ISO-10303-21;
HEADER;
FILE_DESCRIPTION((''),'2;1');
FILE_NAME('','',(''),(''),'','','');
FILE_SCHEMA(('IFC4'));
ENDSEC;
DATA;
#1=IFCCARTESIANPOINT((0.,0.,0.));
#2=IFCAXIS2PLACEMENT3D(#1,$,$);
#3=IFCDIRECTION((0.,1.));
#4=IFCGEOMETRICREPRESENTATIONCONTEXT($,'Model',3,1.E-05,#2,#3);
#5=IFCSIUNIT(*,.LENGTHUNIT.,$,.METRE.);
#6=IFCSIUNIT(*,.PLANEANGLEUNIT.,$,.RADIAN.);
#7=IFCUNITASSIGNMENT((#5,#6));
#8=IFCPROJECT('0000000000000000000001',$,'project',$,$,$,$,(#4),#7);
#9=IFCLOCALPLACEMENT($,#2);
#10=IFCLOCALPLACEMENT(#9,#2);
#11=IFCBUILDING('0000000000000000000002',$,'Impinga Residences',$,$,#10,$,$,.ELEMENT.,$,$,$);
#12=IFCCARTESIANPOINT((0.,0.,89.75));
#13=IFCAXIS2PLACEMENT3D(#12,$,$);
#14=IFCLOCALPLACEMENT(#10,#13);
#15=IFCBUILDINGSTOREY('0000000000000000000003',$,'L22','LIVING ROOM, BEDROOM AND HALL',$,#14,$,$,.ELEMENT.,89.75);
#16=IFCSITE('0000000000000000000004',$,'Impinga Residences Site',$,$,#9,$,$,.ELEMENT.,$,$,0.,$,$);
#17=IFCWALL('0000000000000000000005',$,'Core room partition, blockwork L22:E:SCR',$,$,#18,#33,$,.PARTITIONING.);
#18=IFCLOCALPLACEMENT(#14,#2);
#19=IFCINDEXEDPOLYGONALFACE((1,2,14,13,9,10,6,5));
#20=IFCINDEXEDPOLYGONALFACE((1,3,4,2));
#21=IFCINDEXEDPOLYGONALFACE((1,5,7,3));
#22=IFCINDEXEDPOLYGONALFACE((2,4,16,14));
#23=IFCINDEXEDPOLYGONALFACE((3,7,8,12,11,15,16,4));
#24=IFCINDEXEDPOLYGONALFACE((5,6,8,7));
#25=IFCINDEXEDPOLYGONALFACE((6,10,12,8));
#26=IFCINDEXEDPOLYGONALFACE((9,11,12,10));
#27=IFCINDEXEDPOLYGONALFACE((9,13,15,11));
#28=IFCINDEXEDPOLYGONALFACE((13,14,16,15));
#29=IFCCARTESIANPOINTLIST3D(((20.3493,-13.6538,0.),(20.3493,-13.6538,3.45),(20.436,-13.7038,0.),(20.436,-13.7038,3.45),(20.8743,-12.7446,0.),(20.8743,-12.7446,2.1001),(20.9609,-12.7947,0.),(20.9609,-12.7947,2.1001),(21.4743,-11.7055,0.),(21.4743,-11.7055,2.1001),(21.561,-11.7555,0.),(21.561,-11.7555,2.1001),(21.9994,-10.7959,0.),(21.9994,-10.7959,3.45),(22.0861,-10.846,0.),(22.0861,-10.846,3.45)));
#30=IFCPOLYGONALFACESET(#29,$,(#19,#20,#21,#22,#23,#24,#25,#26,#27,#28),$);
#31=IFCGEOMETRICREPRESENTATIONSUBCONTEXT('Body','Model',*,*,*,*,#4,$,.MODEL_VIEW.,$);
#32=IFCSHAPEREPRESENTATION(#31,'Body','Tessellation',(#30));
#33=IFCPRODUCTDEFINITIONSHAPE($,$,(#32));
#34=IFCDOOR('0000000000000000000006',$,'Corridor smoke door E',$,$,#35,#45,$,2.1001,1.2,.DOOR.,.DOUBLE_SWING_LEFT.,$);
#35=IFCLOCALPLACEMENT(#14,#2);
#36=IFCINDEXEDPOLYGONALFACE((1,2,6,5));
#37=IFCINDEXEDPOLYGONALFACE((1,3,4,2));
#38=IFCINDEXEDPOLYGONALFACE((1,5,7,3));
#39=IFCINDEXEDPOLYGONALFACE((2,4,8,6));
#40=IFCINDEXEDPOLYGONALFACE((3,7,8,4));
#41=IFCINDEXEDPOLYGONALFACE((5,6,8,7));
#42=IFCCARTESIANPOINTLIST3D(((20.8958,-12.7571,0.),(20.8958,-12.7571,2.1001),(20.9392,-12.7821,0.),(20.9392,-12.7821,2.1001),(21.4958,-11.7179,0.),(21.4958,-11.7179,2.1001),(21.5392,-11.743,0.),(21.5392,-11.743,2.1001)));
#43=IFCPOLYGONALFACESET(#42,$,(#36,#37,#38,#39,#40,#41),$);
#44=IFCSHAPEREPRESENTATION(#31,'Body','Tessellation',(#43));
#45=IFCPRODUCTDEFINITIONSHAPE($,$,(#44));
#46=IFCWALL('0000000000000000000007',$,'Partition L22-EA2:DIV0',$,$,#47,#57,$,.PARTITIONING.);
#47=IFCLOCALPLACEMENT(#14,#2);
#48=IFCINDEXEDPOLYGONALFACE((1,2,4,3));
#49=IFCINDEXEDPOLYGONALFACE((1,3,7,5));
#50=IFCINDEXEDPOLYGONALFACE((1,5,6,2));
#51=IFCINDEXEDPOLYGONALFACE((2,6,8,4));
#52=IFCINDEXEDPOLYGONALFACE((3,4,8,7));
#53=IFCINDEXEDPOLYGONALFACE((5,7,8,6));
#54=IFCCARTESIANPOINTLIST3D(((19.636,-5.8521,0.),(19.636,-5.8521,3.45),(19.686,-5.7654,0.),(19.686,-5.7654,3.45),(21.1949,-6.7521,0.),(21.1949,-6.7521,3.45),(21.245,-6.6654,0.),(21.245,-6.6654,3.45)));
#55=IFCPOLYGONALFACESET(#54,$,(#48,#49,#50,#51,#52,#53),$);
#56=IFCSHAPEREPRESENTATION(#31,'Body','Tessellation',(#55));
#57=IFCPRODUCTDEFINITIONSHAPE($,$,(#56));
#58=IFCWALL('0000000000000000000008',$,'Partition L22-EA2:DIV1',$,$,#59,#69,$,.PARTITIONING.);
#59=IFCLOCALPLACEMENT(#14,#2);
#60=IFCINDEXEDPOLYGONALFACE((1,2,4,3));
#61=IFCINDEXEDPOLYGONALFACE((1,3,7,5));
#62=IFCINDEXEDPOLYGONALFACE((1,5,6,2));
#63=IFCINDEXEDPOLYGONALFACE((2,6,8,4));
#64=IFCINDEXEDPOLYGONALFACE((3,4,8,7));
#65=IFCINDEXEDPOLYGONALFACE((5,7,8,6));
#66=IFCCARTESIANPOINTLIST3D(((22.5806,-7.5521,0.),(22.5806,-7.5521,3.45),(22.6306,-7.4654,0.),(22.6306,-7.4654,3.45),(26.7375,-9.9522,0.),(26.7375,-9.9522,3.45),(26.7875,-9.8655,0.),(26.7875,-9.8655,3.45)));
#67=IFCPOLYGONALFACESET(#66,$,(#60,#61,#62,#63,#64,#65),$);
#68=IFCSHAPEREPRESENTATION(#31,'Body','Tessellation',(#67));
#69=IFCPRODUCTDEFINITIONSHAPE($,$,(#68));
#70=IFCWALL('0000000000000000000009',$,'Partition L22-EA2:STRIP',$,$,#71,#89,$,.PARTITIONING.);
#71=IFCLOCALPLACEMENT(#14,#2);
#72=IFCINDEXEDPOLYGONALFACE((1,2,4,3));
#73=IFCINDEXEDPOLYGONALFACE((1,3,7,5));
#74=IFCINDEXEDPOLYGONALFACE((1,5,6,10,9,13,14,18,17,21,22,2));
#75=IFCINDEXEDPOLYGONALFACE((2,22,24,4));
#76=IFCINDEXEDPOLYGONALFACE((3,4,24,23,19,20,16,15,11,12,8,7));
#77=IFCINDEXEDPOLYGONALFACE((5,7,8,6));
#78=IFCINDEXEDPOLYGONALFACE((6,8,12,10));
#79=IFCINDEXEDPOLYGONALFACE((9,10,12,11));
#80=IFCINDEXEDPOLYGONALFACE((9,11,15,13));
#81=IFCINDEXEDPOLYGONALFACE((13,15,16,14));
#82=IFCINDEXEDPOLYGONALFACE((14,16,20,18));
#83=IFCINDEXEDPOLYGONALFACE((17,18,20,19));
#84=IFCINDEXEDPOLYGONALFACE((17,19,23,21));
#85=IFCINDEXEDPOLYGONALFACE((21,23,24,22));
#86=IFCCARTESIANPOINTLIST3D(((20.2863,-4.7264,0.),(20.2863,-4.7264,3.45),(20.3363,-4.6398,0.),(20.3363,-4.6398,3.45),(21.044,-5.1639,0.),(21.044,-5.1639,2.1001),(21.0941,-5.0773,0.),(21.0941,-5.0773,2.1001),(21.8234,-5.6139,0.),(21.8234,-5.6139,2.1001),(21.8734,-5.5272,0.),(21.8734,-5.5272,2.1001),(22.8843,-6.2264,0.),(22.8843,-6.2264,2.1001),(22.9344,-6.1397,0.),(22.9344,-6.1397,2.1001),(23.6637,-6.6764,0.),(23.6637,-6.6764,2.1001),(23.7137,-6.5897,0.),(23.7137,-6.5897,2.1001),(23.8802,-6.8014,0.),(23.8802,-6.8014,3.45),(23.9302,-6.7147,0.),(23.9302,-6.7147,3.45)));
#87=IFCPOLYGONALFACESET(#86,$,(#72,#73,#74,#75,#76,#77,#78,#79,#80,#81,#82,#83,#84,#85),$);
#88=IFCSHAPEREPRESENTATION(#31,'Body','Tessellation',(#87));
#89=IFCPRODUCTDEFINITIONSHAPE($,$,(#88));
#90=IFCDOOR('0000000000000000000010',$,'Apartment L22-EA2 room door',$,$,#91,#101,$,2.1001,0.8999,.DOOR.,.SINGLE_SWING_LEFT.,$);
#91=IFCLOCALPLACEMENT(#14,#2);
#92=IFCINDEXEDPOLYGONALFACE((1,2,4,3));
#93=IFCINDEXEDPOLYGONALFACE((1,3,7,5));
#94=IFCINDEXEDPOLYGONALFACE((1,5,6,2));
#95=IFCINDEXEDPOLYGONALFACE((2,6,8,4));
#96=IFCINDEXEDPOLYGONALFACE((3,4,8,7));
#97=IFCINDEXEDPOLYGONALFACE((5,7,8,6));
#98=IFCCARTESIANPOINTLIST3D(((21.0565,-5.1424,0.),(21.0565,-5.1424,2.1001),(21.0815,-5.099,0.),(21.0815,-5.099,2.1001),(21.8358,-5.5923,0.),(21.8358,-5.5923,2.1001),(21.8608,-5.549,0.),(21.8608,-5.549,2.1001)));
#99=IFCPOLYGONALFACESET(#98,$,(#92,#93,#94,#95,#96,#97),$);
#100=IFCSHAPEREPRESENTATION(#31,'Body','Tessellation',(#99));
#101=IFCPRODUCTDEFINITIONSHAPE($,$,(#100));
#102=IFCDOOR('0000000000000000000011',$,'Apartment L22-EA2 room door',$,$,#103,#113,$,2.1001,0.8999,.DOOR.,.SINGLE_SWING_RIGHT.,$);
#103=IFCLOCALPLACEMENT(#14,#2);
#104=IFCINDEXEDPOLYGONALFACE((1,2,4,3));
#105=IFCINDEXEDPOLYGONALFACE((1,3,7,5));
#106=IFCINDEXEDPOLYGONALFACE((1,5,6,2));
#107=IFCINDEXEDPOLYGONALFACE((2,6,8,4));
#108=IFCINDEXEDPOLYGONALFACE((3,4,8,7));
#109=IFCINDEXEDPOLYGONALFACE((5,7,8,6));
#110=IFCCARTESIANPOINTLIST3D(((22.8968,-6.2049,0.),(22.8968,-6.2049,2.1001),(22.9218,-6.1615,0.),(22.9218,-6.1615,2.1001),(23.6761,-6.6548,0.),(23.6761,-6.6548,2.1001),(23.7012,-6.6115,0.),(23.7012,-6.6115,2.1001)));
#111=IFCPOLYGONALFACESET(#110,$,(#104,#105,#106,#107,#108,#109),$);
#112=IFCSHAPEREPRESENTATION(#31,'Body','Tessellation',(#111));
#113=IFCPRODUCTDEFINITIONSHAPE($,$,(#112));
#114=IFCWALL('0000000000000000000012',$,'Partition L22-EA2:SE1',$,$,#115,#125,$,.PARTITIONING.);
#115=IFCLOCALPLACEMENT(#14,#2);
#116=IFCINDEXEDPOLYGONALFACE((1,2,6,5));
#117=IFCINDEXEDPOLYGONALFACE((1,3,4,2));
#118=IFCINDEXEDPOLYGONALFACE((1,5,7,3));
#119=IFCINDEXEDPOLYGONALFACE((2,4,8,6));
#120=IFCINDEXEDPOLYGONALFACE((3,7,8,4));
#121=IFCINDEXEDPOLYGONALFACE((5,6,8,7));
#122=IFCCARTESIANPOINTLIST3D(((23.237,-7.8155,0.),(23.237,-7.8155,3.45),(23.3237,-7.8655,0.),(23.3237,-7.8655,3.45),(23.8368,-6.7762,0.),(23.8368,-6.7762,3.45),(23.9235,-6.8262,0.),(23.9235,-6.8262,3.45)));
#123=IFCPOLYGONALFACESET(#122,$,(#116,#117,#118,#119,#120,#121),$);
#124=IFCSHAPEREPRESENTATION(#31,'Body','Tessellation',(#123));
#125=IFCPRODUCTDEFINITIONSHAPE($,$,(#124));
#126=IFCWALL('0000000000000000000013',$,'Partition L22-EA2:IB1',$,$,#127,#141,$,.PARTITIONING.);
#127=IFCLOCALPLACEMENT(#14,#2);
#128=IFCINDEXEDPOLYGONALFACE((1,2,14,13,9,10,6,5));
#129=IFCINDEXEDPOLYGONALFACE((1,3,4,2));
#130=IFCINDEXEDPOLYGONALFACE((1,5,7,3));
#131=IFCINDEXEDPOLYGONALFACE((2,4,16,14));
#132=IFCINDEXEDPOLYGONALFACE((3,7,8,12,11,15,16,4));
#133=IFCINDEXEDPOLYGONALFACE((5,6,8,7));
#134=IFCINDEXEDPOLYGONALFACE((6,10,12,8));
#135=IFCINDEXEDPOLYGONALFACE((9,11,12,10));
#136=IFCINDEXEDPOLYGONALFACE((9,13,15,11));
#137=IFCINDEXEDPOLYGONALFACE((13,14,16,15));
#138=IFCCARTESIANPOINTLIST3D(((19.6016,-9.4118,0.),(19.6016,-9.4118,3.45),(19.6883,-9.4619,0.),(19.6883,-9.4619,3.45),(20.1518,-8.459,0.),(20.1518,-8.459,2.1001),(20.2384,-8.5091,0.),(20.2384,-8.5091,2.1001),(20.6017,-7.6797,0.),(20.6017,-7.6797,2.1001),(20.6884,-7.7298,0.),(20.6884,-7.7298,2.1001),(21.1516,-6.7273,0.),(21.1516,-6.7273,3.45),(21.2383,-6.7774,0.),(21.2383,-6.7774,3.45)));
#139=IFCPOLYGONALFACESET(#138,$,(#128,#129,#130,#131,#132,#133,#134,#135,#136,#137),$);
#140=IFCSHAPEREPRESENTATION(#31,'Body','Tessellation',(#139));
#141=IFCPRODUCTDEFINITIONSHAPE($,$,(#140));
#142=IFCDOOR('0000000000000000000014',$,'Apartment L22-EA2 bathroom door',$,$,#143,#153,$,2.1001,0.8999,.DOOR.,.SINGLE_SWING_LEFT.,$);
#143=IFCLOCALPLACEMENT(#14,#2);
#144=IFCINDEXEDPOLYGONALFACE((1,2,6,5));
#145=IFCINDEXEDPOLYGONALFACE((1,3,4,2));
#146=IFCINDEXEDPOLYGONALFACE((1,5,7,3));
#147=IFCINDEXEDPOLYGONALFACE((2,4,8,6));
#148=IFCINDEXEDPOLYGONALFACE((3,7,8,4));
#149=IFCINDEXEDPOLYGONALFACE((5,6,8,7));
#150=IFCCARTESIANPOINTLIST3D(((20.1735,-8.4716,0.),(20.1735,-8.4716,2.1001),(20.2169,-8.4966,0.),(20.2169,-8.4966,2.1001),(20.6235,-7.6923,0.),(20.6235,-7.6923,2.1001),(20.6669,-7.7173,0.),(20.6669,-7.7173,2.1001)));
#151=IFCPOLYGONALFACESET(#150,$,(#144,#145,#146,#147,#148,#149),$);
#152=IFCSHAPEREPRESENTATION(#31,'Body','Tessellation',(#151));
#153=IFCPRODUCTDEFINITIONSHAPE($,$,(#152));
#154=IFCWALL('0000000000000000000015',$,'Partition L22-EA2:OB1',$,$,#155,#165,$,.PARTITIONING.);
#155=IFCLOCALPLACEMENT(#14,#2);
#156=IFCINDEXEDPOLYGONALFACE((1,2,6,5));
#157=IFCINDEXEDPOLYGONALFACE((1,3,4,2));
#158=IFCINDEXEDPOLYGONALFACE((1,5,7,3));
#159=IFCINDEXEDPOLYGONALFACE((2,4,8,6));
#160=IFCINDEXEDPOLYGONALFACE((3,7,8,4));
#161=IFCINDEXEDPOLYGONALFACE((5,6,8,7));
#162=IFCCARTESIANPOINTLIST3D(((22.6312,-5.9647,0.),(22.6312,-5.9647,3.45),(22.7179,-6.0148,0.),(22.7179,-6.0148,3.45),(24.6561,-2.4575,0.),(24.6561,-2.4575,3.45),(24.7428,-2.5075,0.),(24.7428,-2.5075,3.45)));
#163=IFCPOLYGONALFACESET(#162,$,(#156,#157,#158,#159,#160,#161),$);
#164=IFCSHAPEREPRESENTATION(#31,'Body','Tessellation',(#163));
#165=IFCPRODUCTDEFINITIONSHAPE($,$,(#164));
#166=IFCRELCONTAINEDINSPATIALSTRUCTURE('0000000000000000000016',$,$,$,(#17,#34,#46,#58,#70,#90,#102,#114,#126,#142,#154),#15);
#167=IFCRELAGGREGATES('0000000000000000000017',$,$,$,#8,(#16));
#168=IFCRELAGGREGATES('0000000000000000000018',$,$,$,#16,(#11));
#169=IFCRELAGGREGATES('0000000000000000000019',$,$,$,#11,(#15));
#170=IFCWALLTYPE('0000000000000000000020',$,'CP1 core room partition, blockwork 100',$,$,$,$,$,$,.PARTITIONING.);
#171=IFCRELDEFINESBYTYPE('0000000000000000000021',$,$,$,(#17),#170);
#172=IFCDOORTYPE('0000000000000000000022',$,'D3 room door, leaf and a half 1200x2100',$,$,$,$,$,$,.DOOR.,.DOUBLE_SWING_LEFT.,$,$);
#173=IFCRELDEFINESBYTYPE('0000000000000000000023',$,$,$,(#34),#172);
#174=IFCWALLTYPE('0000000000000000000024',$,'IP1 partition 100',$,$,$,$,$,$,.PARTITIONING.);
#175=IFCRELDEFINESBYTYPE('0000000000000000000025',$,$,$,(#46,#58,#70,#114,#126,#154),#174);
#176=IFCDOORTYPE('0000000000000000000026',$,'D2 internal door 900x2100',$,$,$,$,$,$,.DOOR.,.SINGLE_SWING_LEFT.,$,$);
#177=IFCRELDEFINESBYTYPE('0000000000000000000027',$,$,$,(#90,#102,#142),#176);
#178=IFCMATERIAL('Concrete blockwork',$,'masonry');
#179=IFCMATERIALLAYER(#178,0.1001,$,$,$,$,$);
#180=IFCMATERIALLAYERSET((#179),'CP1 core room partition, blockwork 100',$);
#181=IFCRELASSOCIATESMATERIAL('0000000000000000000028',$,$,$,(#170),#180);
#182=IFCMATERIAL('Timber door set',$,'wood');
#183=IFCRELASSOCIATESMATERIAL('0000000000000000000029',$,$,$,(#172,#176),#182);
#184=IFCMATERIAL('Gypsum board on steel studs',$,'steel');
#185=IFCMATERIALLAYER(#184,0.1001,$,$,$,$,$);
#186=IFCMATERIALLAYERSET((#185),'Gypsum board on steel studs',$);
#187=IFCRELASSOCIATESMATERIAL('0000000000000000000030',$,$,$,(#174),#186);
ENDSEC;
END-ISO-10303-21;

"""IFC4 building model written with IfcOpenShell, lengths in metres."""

from ifc_helpers import new_model, si_unit, direction, frame, frame_2d, origin, place, context, subcontext, project, spatial, rectangle, extrude, material, layer, layer_set, type_object, element, fill, save


model = new_model("IFC4")

# Units and contexts
model_context = context("Model", 3, precision=1e-05, world=origin(), true_north=direction((0.0, 1.0)))
body_context = subcontext(model_context, "Body", "Model", "MODEL_VIEW")
ifc_project = project(units=[si_unit("LENGTHUNIT", "METRE"), si_unit("PLANEANGLEUNIT", "RADIAN")], contexts=[model_context])

# Site, building, storey
site_placement = place(None, origin())
site = spatial("IfcSite", under=ifc_project, at=site_placement, Name="Impinga Residences Site", CompositionType="ELEMENT", RefElevation=0.0)
building_placement = place(site_placement, origin())
building = spatial("IfcBuilding", under=site, at=building_placement, Name="Impinga Residences", CompositionType="ELEMENT")
storey_placement = place(building_placement, frame((0.0, 0.0, 89.75)))
storey = spatial("IfcBuildingStorey", under=building, at=storey_placement, Name="L22", Description="LIVING ROOM, BEDROOM AND HALL", CompositionType="ELEMENT", Elevation=89.75)

# Wall, opening, door
ifc_material_1 = material(Name="Concrete blockwork", Category="masonry")
ifc_layer_1 = layer(ifc_material_1, 0.1001)
ifc_layer_set_1 = layer_set([ifc_layer_1], Name="CP1 core room partition, blockwork 100")
wall_type_1 = type_object("IfcWallType", Name="CP1 core room partition, blockwork 100", PredefinedType="PARTITIONING", material=ifc_layer_set_1)
wall_1_placement = place(storey_placement, frame((22.0427, -10.821, 0.0), z_axis=(0.0, 0.0, 1.0), x_axis=(-0.50003, -0.866008, 0.0)))
wall_1 = element("IfcWall", 1, at=wall_1_placement, inside=storey, type_object=wall_type_1, Name="Core room partition, blockwork L22:E:SCR", PredefinedType="PARTITIONING", context=body_context, shape_type="SweptSolid", body=[
    extrude(rectangle(XDim=3.3, YDim=0.1001, at=frame_2d((1.6499, 0.0))), origin(), (0.0, 0.0, 1.0), 3.45),
])
opening_1_placement = place(wall_1_placement, frame((1.05, 0.0, 0.0)))
opening_1 = element("IfcOpeningElement", 2, at=opening_1_placement, cuts=wall_1, PredefinedType="OPENING", context=body_context, shape_type="SweptSolid", body=[
    extrude(rectangle(XDim=1.2, YDim=2.1001, at=frame_2d((0.6001, 1.05))), frame((0.0, 0.0601, 0.0), z_axis=(0.0, -1.0, 0.0), x_axis=(1.0, 0.0, 0.0)), (0.0, 0.0, 1.0), 0.1201),
])
ifc_material_2 = material(Name="Timber door set", Category="wood")
door_type_1 = type_object("IfcDoorType", Name="D3 room door, leaf and a half 1200x2100", OperationType="DOUBLE_SWING_LEFT", PredefinedType="DOOR", material=ifc_material_2)
door_1_placement = place(opening_1_placement, origin())
door_1 = element("IfcDoor", 3, at=door_1_placement, inside=storey, type_object=door_type_1, Name="Corridor smoke door E", OperationType="DOUBLE_SWING_LEFT", OverallHeight=2.1001, OverallWidth=1.2, PredefinedType="DOOR", context=body_context, shape_type="SweptSolid", body=[
    extrude(rectangle(XDim=1.2, YDim=2.1001, at=frame_2d((0.6001, 1.05))), frame((0.0, 0.0249, 0.0), z_axis=(0.0, -1.0, 0.0), x_axis=(1.0, 0.0, 0.0)), (0.0, 0.0, 1.0), 0.05),
])
fill(opening_1, door_1)

# Walls
ifc_material_3 = material(Name="Gypsum board on steel studs", Category="steel")
ifc_layer_2 = layer(ifc_material_3, 0.1001)
ifc_layer_set_2 = layer_set([ifc_layer_2], Name="Gypsum board on steel studs")
wall_type_2 = type_object("IfcWallType", Name="IP1 partition 100", PredefinedType="PARTITIONING", material=ifc_layer_set_2)
wall_2_placement = place(storey_placement, frame((19.6611, -5.8088, 0.0), z_axis=(0.0, 0.0, 1.0), x_axis=(0.866048, -0.499961, 0.0)))
element("IfcWall", 4, at=wall_2_placement, inside=storey, type_object=wall_type_2, Name="Partition L22-EA2:DIV0", PredefinedType="PARTITIONING", context=body_context, shape_type="SweptSolid", body=[
    extrude(rectangle(XDim=1.8, YDim=0.1001, at=frame_2d((0.8999, 0.0))), origin(), (0.0, 0.0, 1.0), 3.45),
])
wall_3_placement = place(storey_placement, frame((22.6057, -7.5088, 0.0), z_axis=(0.0, 0.0, 1.0), x_axis=(0.866015, -0.500017, 0.0)))
element("IfcWall", 5, at=wall_3_placement, inside=storey, type_object=wall_type_2, Name="Partition L22-EA2:DIV1", PredefinedType="PARTITIONING", context=body_context, shape_type="SweptSolid", body=[
    extrude(rectangle(XDim=4.8, YDim=0.1001, at=frame_2d((2.3999, 0.0))), origin(), (0.0, 0.0, 1.0), 3.45),
])

# Wall, openings, doors
wall_4_placement = place(storey_placement, frame((20.3113, -4.6831, 0.0), z_axis=(0.0, 0.0, 1.0), x_axis=(0.86603, -0.499992, 0.0)))
wall_4 = element("IfcWall", 6, at=wall_4_placement, inside=storey, type_object=wall_type_2, Name="Partition L22-EA2:STRIP", PredefinedType="PARTITIONING", context=body_context, shape_type="SweptSolid", body=[
    extrude(rectangle(XDim=4.1499, YDim=0.1001, at=frame_2d((2.075, 0.0))), origin(), (0.0, 0.0, 1.0), 3.45),
])
opening_2_placement = place(wall_4_placement, frame((0.875, 0.0, 0.0)))
opening_2 = element("IfcOpeningElement", 7, at=opening_2_placement, cuts=wall_4, PredefinedType="OPENING", context=body_context, shape_type="SweptSolid", body=[
    extrude(rectangle(XDim=0.8999, YDim=2.1001, at=frame_2d((0.45, 1.05))), frame((0.0, 0.0601, 0.0), z_axis=(0.0, -1.0, 0.0), x_axis=(1.0, 0.0, 0.0)), (0.0, 0.0, 1.0), 0.1201),
])
opening_3_placement = place(wall_4_placement, frame((3.0, 0.0, 0.0)))
opening_3 = element("IfcOpeningElement", 8, at=opening_3_placement, cuts=wall_4, PredefinedType="OPENING", context=body_context, shape_type="SweptSolid", body=[
    extrude(rectangle(XDim=0.8999, YDim=2.1001, at=frame_2d((0.45, 1.05))), frame((0.0, 0.0601, 0.0), z_axis=(0.0, -1.0, 0.0), x_axis=(1.0, 0.0, 0.0)), (0.0, 0.0, 1.0), 0.1201),
])
door_type_2 = type_object("IfcDoorType", Name="D2 internal door 900x2100", OperationType="SINGLE_SWING_LEFT", PredefinedType="DOOR", material=ifc_material_2)
door_2_placement = place(opening_2_placement, origin())
door_2 = element("IfcDoor", 9, at=door_2_placement, inside=storey, type_object=door_type_2, Name="Apartment L22-EA2 room door", OperationType="SINGLE_SWING_LEFT", OverallHeight=2.1001, OverallWidth=0.8999, PredefinedType="DOOR", context=body_context, shape_type="SweptSolid", body=[
    extrude(rectangle(XDim=0.8999, YDim=2.1001, at=frame_2d((0.45, 1.05))), frame((0.0, 0.0249, 0.0), z_axis=(0.0, -1.0, 0.0), x_axis=(1.0, 0.0, 0.0)), (0.0, 0.0, 1.0), 0.05),
])
fill(opening_2, door_2)
door_3_placement = place(opening_3_placement, origin())
door_3 = element("IfcDoor", 10, at=door_3_placement, inside=storey, type_object=door_type_2, Name="Apartment L22-EA2 room door", OperationType="SINGLE_SWING_RIGHT", OverallHeight=2.1001, OverallWidth=0.8999, PredefinedType="DOOR", context=body_context, shape_type="SweptSolid", body=[
    extrude(rectangle(XDim=0.8999, YDim=2.1001, at=frame_2d((0.45, 1.05))), frame((0.0, 0.0249, 0.0), z_axis=(0.0, -1.0, 0.0), x_axis=(1.0, 0.0, 0.0)), (0.0, 0.0, 1.0), 0.05),
])
fill(opening_3, door_3)

# Wall
wall_5_placement = place(storey_placement, frame((23.2803, -7.8406, 0.0), z_axis=(0.0, 0.0, 1.0), x_axis=(0.499881, 0.866094, 0.0)))
element("IfcWall", 11, at=wall_5_placement, inside=storey, type_object=wall_type_2, Name="Partition L22-EA2:SE1", PredefinedType="PARTITIONING", context=body_context, shape_type="SweptSolid", body=[
    extrude(rectangle(XDim=1.2, YDim=0.1001, at=frame_2d((0.6001, 0.0))), origin(), (0.0, 0.0, 1.0), 3.45),
])

# Wall, opening, door
wall_6_placement = place(storey_placement, frame((19.645, -9.4368, 0.0), z_axis=(0.0, 0.0, 1.0), x_axis=(0.500027, 0.86601, 0.0)))
wall_6 = element("IfcWall", 12, at=wall_6_placement, inside=storey, type_object=wall_type_2, Name="Partition L22-EA2:IB1", PredefinedType="PARTITIONING", context=body_context, shape_type="SweptSolid", body=[
    extrude(rectangle(XDim=3.0999, YDim=0.1001, at=frame_2d((1.5498, 0.0))), origin(), (0.0, 0.0, 1.0), 3.45),
])
opening_4_placement = place(wall_6_placement, frame((1.1001, 0.0, 0.0)))
opening_4 = element("IfcOpeningElement", 13, at=opening_4_placement, cuts=wall_6, PredefinedType="OPENING", context=body_context, shape_type="SweptSolid", body=[
    extrude(rectangle(XDim=0.8999, YDim=2.1001, at=frame_2d((0.45, 1.05))), frame((0.0, 0.0601, 0.0), z_axis=(0.0, -1.0, 0.0), x_axis=(1.0, 0.0, 0.0)), (0.0, 0.0, 1.0), 0.1201),
])
door_4_placement = place(opening_4_placement, origin())
door_4 = element("IfcDoor", 14, at=door_4_placement, inside=storey, type_object=door_type_2, Name="Apartment L22-EA2 bathroom door", OperationType="SINGLE_SWING_LEFT", OverallHeight=2.1001, OverallWidth=0.8999, PredefinedType="DOOR", context=body_context, shape_type="SweptSolid", body=[
    extrude(rectangle(XDim=0.8999, YDim=2.1001, at=frame_2d((0.45, 1.05))), frame((0.0, 0.0249, 0.0), z_axis=(0.0, -1.0, 0.0), x_axis=(1.0, 0.0, 0.0)), (0.0, 0.0, 1.0), 0.05),
])
fill(opening_4, door_4)

# Wall
wall_7_placement = place(storey_placement, frame((22.6746, -5.9897, 0.0), z_axis=(0.0, 0.0, 1.0), x_axis=(0.49999, 0.866031, 0.0)))
element("IfcWall", 15, at=wall_7_placement, inside=storey, type_object=wall_type_2, Name="Partition L22-EA2:OB1", PredefinedType="PARTITIONING", context=body_context, shape_type="SweptSolid", body=[
    extrude(rectangle(XDim=4.0498, YDim=0.1001, at=frame_2d((2.0249, 0.0))), origin(), (0.0, 0.0, 1.0), 3.45),
])

save(model, "model.ifc")
